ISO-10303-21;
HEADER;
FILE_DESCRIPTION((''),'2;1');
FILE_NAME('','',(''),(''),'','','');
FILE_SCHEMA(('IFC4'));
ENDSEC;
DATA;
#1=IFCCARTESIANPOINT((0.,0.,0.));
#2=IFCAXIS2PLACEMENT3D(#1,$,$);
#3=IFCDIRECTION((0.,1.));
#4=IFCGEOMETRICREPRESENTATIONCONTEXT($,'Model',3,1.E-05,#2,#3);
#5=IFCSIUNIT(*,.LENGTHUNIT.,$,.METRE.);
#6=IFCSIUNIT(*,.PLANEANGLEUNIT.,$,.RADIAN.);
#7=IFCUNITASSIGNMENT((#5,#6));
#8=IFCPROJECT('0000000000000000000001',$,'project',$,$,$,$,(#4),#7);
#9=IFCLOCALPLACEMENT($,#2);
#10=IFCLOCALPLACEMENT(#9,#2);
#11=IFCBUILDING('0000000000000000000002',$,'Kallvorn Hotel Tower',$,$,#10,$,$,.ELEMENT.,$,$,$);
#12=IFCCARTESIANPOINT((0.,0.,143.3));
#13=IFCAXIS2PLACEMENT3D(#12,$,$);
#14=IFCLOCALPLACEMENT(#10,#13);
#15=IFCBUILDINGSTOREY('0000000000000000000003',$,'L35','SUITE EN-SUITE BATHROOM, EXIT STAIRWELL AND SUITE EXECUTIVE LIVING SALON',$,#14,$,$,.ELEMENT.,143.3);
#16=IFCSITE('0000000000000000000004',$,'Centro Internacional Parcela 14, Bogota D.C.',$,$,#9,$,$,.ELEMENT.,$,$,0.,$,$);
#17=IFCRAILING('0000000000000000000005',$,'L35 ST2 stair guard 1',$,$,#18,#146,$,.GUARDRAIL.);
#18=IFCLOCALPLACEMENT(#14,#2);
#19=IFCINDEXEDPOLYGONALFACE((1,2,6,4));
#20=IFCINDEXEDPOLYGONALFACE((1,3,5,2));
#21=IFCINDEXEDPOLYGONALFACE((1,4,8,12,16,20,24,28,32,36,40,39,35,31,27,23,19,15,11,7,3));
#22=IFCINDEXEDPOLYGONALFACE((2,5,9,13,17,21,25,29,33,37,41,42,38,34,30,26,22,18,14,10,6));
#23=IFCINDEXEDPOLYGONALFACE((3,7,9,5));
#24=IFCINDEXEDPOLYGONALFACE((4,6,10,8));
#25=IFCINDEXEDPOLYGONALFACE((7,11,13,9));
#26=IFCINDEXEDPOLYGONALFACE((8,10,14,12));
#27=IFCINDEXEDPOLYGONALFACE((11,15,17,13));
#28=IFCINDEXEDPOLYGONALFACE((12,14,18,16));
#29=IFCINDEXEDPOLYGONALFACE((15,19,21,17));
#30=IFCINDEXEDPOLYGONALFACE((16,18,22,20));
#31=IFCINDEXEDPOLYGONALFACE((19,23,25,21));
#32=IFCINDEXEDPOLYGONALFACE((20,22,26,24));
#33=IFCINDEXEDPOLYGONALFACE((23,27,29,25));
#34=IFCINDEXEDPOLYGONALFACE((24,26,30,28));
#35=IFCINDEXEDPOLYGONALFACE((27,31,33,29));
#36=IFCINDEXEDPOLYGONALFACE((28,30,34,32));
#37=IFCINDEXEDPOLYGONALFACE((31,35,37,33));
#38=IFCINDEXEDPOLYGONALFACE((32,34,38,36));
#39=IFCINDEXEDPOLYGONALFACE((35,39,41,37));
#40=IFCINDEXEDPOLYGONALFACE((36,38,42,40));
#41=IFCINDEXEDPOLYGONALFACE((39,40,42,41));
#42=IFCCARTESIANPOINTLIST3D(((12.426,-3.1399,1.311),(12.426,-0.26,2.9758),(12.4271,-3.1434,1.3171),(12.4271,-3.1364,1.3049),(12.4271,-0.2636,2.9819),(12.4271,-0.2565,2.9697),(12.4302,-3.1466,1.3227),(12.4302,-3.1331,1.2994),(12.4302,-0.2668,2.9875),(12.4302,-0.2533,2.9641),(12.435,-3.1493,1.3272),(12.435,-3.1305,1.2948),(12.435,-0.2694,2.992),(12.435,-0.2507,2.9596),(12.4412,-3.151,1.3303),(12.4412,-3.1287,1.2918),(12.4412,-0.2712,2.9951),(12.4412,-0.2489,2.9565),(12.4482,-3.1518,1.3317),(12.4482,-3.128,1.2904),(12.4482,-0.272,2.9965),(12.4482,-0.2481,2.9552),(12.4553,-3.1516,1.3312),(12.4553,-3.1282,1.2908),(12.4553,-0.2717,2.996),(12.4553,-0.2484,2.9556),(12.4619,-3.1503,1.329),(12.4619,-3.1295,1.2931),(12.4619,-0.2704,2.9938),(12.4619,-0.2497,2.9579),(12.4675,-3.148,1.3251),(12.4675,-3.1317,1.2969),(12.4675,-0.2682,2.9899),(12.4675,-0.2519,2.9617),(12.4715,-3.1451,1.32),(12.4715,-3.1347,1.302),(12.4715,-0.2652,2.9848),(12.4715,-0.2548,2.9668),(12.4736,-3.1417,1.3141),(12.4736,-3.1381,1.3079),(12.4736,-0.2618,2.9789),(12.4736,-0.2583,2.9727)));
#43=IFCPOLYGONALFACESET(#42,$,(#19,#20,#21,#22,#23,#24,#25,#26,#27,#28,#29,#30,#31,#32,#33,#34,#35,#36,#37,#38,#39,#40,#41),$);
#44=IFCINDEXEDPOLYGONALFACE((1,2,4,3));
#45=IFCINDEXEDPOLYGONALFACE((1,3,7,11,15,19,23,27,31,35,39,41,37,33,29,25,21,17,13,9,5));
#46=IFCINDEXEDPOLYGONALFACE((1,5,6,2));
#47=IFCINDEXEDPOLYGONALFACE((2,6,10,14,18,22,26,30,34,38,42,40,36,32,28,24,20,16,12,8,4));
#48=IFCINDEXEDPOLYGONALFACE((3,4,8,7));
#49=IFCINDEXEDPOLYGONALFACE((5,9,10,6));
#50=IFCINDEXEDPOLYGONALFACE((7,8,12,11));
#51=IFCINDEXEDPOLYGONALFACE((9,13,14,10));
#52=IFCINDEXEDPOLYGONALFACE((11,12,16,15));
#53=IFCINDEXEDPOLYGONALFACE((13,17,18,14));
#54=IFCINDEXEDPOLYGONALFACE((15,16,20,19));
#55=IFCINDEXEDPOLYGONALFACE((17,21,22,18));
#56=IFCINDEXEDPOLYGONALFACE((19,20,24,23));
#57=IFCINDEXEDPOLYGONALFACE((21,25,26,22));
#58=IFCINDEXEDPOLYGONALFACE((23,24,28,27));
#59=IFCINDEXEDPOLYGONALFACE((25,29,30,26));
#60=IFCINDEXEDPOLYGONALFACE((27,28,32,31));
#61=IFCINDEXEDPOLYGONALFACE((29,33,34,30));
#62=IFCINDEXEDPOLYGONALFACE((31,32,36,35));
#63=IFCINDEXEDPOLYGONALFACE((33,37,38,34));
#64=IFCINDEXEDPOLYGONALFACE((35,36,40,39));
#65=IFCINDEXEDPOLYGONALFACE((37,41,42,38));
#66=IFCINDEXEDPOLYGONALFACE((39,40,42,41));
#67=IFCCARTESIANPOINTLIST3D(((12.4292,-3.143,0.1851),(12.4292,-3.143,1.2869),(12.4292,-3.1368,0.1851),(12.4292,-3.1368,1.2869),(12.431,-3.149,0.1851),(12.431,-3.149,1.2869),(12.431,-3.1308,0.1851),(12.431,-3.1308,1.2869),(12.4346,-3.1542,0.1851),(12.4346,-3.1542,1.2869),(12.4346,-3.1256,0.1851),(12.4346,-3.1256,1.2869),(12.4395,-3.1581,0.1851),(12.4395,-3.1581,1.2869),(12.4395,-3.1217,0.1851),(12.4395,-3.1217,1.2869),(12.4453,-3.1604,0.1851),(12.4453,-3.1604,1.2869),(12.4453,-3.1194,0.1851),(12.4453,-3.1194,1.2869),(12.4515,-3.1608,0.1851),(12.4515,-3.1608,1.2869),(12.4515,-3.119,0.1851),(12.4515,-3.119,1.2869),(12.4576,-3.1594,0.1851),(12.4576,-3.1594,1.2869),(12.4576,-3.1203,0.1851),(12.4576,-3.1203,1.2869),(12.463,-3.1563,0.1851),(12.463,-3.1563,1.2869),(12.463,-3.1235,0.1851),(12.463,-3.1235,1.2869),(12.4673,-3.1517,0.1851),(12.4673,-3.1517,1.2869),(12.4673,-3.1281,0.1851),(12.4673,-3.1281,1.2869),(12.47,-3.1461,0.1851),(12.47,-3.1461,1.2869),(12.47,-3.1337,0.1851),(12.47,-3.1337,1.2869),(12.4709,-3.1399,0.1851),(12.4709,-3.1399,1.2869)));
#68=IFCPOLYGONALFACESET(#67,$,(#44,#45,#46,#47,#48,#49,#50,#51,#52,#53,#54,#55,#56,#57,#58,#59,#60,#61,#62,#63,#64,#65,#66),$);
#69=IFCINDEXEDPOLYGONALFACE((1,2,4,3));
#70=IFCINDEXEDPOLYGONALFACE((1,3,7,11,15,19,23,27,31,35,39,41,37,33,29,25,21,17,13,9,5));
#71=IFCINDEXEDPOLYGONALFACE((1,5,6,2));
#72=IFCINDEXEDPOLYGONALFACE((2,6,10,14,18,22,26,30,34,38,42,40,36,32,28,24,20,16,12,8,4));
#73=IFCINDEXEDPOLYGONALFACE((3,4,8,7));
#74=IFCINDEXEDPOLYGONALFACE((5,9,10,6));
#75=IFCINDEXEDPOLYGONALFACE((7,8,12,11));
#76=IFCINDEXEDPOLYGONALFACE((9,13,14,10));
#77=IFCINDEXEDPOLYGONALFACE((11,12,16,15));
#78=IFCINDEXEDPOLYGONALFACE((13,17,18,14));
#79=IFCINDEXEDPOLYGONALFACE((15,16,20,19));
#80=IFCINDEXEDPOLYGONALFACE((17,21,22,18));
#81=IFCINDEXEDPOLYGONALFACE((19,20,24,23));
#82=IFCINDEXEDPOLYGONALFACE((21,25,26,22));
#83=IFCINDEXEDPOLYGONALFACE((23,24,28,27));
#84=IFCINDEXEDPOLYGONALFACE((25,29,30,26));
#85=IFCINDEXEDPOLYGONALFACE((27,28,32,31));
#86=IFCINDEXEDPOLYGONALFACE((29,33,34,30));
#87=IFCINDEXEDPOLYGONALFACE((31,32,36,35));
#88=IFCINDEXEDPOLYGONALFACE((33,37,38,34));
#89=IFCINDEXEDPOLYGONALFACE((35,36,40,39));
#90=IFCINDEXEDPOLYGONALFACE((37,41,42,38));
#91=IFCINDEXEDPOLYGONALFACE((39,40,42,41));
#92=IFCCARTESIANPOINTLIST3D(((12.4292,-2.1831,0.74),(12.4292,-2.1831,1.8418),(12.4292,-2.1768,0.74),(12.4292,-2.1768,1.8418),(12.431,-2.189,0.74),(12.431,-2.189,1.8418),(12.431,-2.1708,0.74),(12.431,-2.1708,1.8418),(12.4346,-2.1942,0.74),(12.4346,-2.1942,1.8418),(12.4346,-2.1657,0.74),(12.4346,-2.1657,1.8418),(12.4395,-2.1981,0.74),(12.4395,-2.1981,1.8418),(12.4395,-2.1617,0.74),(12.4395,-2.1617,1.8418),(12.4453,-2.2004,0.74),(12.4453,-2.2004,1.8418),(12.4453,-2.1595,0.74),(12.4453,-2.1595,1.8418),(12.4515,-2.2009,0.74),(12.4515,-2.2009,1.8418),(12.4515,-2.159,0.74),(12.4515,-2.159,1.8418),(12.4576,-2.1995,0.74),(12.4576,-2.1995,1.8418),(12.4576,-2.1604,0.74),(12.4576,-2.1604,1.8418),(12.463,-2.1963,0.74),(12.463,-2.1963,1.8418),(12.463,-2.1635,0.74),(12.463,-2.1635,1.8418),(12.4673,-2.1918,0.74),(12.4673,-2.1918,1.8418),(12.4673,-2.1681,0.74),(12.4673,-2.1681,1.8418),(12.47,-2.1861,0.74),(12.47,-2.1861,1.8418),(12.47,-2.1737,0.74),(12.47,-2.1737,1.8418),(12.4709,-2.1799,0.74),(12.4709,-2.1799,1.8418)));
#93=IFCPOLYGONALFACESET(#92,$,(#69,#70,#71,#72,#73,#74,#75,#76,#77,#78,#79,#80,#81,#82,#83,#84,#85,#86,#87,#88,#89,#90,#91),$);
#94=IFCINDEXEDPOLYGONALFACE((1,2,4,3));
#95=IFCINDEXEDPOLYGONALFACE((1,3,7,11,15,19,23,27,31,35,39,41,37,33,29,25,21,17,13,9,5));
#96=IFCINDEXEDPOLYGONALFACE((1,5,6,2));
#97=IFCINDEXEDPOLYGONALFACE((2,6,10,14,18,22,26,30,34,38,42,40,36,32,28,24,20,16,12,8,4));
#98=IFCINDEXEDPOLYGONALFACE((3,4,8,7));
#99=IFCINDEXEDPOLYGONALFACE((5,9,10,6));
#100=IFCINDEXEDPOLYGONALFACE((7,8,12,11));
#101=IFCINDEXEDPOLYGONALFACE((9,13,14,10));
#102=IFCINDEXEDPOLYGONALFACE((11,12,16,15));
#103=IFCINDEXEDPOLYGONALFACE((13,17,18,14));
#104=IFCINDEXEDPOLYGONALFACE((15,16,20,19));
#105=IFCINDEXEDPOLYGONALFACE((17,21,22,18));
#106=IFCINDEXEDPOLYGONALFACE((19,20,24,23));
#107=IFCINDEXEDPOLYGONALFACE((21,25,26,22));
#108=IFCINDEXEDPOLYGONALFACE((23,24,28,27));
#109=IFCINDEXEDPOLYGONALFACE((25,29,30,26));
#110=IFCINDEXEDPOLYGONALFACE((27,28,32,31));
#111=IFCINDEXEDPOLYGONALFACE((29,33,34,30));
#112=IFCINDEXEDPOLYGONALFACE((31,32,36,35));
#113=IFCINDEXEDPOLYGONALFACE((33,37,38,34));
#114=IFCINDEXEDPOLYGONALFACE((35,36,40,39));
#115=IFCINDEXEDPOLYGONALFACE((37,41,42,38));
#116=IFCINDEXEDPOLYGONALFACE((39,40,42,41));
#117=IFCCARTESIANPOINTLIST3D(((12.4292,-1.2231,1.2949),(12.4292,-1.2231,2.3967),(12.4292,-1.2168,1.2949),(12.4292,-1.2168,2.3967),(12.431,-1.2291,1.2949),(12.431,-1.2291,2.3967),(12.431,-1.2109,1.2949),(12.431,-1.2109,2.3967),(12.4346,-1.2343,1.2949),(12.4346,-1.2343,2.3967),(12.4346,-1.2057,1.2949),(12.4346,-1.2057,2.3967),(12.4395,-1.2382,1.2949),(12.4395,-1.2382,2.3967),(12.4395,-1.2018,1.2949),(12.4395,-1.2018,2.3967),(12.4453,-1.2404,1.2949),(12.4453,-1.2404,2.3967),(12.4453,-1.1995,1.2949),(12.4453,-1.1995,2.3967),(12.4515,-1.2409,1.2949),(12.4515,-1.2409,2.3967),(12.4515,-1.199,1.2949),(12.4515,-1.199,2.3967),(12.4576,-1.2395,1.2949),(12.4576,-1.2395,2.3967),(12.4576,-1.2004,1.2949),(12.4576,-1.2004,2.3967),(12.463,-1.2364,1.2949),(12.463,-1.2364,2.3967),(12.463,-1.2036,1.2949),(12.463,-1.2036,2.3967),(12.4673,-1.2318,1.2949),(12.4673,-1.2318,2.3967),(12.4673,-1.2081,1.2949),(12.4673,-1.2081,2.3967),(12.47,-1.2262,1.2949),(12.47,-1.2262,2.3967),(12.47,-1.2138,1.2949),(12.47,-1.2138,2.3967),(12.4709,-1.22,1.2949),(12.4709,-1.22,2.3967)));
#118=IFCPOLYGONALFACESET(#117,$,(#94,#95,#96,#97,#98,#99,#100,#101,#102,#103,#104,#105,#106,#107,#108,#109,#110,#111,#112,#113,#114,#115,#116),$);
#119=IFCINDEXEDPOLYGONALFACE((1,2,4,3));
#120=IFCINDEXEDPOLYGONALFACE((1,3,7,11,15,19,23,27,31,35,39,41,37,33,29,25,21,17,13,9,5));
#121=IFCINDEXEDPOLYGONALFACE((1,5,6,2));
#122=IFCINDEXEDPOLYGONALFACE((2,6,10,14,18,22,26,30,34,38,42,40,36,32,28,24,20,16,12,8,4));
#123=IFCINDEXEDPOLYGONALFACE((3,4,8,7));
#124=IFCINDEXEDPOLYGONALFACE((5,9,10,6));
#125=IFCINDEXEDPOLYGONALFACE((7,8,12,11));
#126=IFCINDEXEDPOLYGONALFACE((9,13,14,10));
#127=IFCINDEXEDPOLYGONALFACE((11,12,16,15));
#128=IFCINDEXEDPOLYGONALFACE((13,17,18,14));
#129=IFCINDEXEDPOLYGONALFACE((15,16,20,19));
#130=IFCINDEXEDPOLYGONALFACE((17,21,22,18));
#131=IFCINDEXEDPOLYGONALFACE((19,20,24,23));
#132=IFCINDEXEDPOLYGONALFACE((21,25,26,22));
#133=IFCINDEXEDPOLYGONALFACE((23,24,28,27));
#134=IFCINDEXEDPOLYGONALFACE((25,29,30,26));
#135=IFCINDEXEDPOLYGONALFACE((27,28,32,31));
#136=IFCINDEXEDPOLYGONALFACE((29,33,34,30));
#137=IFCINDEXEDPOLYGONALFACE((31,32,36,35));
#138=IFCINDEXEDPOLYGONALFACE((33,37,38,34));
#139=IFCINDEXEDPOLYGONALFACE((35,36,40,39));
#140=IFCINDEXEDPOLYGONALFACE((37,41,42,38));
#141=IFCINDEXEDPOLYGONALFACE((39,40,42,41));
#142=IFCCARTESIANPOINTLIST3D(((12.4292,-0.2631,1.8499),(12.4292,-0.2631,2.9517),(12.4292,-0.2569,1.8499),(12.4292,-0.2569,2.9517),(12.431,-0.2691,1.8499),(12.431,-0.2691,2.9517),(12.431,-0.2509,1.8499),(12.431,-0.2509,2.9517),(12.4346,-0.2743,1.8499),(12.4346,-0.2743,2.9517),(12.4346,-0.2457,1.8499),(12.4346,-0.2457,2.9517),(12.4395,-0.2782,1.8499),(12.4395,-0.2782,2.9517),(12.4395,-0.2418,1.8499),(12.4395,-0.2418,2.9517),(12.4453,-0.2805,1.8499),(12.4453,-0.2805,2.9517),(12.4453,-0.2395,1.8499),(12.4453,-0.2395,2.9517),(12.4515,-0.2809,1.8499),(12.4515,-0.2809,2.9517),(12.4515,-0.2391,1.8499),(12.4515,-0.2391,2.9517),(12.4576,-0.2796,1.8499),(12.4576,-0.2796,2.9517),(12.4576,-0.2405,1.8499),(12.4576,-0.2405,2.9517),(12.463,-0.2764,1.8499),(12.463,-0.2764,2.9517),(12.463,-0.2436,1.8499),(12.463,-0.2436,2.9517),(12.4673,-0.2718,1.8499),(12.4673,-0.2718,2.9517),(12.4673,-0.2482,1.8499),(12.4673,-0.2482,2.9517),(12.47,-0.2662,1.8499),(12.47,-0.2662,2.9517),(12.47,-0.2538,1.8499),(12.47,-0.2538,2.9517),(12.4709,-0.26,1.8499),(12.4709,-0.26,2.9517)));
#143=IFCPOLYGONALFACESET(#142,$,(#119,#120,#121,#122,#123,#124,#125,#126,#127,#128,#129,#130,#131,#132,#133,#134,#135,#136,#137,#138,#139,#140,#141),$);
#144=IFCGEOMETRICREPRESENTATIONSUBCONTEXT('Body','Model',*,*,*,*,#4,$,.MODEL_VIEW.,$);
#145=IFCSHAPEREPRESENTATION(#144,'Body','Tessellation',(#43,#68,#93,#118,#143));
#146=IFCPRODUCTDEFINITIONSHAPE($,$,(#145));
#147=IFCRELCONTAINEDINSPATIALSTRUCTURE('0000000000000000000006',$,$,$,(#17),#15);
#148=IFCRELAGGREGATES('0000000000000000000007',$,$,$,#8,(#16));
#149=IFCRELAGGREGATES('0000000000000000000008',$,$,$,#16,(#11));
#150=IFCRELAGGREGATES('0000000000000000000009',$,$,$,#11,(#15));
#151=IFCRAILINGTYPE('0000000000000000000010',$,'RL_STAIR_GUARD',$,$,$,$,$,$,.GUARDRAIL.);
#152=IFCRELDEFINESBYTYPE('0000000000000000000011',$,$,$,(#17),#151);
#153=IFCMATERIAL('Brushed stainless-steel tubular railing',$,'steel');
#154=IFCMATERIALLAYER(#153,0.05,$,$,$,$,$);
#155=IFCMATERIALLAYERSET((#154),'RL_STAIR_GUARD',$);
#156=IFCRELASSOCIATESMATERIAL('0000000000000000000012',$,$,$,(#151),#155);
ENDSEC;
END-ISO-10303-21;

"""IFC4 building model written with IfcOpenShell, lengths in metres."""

from ifc_helpers import new_model, si_unit, direction, frame, origin, origin_2d, place, context, subcontext, project, spatial, circle, extrude, material, layer, layer_set, type_object, element, save


model = new_model("IFC4")

# Units and contexts
model_context = context("Model", 3, precision=1e-05, world=origin(), true_north=direction((0.0, 1.0)))
body_context = subcontext(model_context, "Body", "Model", "MODEL_VIEW")
ifc_project = project(units=[si_unit("LENGTHUNIT", "METRE"), si_unit("PLANEANGLEUNIT", "RADIAN")], contexts=[model_context])

# Site, building, storey
site_placement = place(None, origin())
site = spatial("IfcSite", under=ifc_project, at=site_placement, Name="Centro Internacional Parcela 14, Bogota D.C.", CompositionType="ELEMENT", RefElevation=0.0)
building_placement = place(site_placement, origin())
building = spatial("IfcBuilding", under=site, at=building_placement, Name="Kallvorn Hotel Tower", CompositionType="ELEMENT")
storey_placement = place(building_placement, frame((0.0, 0.0, 143.3)))
storey = spatial("IfcBuildingStorey", under=building, at=storey_placement, Name="L35", Description="SUITE EN-SUITE BATHROOM, EXIT STAIRWELL AND SUITE EXECUTIVE LIVING SALON", CompositionType="ELEMENT", Elevation=143.3)

# Railing
ifc_material_1 = material(Name="Brushed stainless-steel tubular railing", Category="steel")
ifc_layer_1 = layer(ifc_material_1, 0.05)
ifc_layer_set_1 = layer_set([ifc_layer_1], Name="RL_STAIR_GUARD")
railing_type_1 = type_object("IfcRailingType", Name="RL_STAIR_GUARD", PredefinedType="GUARDRAIL", material=ifc_layer_set_1)
railing_1_placement = place(storey_placement, frame((12.45, -3.1399, 0.1851)))
element("IfcRailing", 1, at=railing_1_placement, inside=storey, type_object=railing_type_1, Name="L35 ST2 stair guard 1", PredefinedType="GUARDRAIL", context=body_context, shape_type="SweptSolid", body=[
    extrude(circle(Radius=0.0239, at=origin_2d()), frame((0.0, 0.0, 1.126), z_axis=(0.0, 0.865753, 0.500472), x_axis=(-1.0, 0.0, 0.0)), (0.0, 0.0, 1.0), 3.3264),
    extrude(circle(Radius=0.021, at=origin_2d()), origin(), (0.0, 0.0, 1.0), 1.1018),
    extrude(circle(Radius=0.021, at=origin_2d()), frame((0.0, 0.96, 0.5549)), (0.0, 0.0, 1.0), 1.1018),
    extrude(circle(Radius=0.021, at=origin_2d()), frame((0.0, 1.9199, 1.1099)), (0.0, 0.0, 1.0), 1.1018),
    extrude(circle(Radius=0.021, at=origin_2d()), frame((0.0, 2.8799, 1.6648)), (0.0, 0.0, 1.0), 1.1018),
])

save(model, "model.ifc")
